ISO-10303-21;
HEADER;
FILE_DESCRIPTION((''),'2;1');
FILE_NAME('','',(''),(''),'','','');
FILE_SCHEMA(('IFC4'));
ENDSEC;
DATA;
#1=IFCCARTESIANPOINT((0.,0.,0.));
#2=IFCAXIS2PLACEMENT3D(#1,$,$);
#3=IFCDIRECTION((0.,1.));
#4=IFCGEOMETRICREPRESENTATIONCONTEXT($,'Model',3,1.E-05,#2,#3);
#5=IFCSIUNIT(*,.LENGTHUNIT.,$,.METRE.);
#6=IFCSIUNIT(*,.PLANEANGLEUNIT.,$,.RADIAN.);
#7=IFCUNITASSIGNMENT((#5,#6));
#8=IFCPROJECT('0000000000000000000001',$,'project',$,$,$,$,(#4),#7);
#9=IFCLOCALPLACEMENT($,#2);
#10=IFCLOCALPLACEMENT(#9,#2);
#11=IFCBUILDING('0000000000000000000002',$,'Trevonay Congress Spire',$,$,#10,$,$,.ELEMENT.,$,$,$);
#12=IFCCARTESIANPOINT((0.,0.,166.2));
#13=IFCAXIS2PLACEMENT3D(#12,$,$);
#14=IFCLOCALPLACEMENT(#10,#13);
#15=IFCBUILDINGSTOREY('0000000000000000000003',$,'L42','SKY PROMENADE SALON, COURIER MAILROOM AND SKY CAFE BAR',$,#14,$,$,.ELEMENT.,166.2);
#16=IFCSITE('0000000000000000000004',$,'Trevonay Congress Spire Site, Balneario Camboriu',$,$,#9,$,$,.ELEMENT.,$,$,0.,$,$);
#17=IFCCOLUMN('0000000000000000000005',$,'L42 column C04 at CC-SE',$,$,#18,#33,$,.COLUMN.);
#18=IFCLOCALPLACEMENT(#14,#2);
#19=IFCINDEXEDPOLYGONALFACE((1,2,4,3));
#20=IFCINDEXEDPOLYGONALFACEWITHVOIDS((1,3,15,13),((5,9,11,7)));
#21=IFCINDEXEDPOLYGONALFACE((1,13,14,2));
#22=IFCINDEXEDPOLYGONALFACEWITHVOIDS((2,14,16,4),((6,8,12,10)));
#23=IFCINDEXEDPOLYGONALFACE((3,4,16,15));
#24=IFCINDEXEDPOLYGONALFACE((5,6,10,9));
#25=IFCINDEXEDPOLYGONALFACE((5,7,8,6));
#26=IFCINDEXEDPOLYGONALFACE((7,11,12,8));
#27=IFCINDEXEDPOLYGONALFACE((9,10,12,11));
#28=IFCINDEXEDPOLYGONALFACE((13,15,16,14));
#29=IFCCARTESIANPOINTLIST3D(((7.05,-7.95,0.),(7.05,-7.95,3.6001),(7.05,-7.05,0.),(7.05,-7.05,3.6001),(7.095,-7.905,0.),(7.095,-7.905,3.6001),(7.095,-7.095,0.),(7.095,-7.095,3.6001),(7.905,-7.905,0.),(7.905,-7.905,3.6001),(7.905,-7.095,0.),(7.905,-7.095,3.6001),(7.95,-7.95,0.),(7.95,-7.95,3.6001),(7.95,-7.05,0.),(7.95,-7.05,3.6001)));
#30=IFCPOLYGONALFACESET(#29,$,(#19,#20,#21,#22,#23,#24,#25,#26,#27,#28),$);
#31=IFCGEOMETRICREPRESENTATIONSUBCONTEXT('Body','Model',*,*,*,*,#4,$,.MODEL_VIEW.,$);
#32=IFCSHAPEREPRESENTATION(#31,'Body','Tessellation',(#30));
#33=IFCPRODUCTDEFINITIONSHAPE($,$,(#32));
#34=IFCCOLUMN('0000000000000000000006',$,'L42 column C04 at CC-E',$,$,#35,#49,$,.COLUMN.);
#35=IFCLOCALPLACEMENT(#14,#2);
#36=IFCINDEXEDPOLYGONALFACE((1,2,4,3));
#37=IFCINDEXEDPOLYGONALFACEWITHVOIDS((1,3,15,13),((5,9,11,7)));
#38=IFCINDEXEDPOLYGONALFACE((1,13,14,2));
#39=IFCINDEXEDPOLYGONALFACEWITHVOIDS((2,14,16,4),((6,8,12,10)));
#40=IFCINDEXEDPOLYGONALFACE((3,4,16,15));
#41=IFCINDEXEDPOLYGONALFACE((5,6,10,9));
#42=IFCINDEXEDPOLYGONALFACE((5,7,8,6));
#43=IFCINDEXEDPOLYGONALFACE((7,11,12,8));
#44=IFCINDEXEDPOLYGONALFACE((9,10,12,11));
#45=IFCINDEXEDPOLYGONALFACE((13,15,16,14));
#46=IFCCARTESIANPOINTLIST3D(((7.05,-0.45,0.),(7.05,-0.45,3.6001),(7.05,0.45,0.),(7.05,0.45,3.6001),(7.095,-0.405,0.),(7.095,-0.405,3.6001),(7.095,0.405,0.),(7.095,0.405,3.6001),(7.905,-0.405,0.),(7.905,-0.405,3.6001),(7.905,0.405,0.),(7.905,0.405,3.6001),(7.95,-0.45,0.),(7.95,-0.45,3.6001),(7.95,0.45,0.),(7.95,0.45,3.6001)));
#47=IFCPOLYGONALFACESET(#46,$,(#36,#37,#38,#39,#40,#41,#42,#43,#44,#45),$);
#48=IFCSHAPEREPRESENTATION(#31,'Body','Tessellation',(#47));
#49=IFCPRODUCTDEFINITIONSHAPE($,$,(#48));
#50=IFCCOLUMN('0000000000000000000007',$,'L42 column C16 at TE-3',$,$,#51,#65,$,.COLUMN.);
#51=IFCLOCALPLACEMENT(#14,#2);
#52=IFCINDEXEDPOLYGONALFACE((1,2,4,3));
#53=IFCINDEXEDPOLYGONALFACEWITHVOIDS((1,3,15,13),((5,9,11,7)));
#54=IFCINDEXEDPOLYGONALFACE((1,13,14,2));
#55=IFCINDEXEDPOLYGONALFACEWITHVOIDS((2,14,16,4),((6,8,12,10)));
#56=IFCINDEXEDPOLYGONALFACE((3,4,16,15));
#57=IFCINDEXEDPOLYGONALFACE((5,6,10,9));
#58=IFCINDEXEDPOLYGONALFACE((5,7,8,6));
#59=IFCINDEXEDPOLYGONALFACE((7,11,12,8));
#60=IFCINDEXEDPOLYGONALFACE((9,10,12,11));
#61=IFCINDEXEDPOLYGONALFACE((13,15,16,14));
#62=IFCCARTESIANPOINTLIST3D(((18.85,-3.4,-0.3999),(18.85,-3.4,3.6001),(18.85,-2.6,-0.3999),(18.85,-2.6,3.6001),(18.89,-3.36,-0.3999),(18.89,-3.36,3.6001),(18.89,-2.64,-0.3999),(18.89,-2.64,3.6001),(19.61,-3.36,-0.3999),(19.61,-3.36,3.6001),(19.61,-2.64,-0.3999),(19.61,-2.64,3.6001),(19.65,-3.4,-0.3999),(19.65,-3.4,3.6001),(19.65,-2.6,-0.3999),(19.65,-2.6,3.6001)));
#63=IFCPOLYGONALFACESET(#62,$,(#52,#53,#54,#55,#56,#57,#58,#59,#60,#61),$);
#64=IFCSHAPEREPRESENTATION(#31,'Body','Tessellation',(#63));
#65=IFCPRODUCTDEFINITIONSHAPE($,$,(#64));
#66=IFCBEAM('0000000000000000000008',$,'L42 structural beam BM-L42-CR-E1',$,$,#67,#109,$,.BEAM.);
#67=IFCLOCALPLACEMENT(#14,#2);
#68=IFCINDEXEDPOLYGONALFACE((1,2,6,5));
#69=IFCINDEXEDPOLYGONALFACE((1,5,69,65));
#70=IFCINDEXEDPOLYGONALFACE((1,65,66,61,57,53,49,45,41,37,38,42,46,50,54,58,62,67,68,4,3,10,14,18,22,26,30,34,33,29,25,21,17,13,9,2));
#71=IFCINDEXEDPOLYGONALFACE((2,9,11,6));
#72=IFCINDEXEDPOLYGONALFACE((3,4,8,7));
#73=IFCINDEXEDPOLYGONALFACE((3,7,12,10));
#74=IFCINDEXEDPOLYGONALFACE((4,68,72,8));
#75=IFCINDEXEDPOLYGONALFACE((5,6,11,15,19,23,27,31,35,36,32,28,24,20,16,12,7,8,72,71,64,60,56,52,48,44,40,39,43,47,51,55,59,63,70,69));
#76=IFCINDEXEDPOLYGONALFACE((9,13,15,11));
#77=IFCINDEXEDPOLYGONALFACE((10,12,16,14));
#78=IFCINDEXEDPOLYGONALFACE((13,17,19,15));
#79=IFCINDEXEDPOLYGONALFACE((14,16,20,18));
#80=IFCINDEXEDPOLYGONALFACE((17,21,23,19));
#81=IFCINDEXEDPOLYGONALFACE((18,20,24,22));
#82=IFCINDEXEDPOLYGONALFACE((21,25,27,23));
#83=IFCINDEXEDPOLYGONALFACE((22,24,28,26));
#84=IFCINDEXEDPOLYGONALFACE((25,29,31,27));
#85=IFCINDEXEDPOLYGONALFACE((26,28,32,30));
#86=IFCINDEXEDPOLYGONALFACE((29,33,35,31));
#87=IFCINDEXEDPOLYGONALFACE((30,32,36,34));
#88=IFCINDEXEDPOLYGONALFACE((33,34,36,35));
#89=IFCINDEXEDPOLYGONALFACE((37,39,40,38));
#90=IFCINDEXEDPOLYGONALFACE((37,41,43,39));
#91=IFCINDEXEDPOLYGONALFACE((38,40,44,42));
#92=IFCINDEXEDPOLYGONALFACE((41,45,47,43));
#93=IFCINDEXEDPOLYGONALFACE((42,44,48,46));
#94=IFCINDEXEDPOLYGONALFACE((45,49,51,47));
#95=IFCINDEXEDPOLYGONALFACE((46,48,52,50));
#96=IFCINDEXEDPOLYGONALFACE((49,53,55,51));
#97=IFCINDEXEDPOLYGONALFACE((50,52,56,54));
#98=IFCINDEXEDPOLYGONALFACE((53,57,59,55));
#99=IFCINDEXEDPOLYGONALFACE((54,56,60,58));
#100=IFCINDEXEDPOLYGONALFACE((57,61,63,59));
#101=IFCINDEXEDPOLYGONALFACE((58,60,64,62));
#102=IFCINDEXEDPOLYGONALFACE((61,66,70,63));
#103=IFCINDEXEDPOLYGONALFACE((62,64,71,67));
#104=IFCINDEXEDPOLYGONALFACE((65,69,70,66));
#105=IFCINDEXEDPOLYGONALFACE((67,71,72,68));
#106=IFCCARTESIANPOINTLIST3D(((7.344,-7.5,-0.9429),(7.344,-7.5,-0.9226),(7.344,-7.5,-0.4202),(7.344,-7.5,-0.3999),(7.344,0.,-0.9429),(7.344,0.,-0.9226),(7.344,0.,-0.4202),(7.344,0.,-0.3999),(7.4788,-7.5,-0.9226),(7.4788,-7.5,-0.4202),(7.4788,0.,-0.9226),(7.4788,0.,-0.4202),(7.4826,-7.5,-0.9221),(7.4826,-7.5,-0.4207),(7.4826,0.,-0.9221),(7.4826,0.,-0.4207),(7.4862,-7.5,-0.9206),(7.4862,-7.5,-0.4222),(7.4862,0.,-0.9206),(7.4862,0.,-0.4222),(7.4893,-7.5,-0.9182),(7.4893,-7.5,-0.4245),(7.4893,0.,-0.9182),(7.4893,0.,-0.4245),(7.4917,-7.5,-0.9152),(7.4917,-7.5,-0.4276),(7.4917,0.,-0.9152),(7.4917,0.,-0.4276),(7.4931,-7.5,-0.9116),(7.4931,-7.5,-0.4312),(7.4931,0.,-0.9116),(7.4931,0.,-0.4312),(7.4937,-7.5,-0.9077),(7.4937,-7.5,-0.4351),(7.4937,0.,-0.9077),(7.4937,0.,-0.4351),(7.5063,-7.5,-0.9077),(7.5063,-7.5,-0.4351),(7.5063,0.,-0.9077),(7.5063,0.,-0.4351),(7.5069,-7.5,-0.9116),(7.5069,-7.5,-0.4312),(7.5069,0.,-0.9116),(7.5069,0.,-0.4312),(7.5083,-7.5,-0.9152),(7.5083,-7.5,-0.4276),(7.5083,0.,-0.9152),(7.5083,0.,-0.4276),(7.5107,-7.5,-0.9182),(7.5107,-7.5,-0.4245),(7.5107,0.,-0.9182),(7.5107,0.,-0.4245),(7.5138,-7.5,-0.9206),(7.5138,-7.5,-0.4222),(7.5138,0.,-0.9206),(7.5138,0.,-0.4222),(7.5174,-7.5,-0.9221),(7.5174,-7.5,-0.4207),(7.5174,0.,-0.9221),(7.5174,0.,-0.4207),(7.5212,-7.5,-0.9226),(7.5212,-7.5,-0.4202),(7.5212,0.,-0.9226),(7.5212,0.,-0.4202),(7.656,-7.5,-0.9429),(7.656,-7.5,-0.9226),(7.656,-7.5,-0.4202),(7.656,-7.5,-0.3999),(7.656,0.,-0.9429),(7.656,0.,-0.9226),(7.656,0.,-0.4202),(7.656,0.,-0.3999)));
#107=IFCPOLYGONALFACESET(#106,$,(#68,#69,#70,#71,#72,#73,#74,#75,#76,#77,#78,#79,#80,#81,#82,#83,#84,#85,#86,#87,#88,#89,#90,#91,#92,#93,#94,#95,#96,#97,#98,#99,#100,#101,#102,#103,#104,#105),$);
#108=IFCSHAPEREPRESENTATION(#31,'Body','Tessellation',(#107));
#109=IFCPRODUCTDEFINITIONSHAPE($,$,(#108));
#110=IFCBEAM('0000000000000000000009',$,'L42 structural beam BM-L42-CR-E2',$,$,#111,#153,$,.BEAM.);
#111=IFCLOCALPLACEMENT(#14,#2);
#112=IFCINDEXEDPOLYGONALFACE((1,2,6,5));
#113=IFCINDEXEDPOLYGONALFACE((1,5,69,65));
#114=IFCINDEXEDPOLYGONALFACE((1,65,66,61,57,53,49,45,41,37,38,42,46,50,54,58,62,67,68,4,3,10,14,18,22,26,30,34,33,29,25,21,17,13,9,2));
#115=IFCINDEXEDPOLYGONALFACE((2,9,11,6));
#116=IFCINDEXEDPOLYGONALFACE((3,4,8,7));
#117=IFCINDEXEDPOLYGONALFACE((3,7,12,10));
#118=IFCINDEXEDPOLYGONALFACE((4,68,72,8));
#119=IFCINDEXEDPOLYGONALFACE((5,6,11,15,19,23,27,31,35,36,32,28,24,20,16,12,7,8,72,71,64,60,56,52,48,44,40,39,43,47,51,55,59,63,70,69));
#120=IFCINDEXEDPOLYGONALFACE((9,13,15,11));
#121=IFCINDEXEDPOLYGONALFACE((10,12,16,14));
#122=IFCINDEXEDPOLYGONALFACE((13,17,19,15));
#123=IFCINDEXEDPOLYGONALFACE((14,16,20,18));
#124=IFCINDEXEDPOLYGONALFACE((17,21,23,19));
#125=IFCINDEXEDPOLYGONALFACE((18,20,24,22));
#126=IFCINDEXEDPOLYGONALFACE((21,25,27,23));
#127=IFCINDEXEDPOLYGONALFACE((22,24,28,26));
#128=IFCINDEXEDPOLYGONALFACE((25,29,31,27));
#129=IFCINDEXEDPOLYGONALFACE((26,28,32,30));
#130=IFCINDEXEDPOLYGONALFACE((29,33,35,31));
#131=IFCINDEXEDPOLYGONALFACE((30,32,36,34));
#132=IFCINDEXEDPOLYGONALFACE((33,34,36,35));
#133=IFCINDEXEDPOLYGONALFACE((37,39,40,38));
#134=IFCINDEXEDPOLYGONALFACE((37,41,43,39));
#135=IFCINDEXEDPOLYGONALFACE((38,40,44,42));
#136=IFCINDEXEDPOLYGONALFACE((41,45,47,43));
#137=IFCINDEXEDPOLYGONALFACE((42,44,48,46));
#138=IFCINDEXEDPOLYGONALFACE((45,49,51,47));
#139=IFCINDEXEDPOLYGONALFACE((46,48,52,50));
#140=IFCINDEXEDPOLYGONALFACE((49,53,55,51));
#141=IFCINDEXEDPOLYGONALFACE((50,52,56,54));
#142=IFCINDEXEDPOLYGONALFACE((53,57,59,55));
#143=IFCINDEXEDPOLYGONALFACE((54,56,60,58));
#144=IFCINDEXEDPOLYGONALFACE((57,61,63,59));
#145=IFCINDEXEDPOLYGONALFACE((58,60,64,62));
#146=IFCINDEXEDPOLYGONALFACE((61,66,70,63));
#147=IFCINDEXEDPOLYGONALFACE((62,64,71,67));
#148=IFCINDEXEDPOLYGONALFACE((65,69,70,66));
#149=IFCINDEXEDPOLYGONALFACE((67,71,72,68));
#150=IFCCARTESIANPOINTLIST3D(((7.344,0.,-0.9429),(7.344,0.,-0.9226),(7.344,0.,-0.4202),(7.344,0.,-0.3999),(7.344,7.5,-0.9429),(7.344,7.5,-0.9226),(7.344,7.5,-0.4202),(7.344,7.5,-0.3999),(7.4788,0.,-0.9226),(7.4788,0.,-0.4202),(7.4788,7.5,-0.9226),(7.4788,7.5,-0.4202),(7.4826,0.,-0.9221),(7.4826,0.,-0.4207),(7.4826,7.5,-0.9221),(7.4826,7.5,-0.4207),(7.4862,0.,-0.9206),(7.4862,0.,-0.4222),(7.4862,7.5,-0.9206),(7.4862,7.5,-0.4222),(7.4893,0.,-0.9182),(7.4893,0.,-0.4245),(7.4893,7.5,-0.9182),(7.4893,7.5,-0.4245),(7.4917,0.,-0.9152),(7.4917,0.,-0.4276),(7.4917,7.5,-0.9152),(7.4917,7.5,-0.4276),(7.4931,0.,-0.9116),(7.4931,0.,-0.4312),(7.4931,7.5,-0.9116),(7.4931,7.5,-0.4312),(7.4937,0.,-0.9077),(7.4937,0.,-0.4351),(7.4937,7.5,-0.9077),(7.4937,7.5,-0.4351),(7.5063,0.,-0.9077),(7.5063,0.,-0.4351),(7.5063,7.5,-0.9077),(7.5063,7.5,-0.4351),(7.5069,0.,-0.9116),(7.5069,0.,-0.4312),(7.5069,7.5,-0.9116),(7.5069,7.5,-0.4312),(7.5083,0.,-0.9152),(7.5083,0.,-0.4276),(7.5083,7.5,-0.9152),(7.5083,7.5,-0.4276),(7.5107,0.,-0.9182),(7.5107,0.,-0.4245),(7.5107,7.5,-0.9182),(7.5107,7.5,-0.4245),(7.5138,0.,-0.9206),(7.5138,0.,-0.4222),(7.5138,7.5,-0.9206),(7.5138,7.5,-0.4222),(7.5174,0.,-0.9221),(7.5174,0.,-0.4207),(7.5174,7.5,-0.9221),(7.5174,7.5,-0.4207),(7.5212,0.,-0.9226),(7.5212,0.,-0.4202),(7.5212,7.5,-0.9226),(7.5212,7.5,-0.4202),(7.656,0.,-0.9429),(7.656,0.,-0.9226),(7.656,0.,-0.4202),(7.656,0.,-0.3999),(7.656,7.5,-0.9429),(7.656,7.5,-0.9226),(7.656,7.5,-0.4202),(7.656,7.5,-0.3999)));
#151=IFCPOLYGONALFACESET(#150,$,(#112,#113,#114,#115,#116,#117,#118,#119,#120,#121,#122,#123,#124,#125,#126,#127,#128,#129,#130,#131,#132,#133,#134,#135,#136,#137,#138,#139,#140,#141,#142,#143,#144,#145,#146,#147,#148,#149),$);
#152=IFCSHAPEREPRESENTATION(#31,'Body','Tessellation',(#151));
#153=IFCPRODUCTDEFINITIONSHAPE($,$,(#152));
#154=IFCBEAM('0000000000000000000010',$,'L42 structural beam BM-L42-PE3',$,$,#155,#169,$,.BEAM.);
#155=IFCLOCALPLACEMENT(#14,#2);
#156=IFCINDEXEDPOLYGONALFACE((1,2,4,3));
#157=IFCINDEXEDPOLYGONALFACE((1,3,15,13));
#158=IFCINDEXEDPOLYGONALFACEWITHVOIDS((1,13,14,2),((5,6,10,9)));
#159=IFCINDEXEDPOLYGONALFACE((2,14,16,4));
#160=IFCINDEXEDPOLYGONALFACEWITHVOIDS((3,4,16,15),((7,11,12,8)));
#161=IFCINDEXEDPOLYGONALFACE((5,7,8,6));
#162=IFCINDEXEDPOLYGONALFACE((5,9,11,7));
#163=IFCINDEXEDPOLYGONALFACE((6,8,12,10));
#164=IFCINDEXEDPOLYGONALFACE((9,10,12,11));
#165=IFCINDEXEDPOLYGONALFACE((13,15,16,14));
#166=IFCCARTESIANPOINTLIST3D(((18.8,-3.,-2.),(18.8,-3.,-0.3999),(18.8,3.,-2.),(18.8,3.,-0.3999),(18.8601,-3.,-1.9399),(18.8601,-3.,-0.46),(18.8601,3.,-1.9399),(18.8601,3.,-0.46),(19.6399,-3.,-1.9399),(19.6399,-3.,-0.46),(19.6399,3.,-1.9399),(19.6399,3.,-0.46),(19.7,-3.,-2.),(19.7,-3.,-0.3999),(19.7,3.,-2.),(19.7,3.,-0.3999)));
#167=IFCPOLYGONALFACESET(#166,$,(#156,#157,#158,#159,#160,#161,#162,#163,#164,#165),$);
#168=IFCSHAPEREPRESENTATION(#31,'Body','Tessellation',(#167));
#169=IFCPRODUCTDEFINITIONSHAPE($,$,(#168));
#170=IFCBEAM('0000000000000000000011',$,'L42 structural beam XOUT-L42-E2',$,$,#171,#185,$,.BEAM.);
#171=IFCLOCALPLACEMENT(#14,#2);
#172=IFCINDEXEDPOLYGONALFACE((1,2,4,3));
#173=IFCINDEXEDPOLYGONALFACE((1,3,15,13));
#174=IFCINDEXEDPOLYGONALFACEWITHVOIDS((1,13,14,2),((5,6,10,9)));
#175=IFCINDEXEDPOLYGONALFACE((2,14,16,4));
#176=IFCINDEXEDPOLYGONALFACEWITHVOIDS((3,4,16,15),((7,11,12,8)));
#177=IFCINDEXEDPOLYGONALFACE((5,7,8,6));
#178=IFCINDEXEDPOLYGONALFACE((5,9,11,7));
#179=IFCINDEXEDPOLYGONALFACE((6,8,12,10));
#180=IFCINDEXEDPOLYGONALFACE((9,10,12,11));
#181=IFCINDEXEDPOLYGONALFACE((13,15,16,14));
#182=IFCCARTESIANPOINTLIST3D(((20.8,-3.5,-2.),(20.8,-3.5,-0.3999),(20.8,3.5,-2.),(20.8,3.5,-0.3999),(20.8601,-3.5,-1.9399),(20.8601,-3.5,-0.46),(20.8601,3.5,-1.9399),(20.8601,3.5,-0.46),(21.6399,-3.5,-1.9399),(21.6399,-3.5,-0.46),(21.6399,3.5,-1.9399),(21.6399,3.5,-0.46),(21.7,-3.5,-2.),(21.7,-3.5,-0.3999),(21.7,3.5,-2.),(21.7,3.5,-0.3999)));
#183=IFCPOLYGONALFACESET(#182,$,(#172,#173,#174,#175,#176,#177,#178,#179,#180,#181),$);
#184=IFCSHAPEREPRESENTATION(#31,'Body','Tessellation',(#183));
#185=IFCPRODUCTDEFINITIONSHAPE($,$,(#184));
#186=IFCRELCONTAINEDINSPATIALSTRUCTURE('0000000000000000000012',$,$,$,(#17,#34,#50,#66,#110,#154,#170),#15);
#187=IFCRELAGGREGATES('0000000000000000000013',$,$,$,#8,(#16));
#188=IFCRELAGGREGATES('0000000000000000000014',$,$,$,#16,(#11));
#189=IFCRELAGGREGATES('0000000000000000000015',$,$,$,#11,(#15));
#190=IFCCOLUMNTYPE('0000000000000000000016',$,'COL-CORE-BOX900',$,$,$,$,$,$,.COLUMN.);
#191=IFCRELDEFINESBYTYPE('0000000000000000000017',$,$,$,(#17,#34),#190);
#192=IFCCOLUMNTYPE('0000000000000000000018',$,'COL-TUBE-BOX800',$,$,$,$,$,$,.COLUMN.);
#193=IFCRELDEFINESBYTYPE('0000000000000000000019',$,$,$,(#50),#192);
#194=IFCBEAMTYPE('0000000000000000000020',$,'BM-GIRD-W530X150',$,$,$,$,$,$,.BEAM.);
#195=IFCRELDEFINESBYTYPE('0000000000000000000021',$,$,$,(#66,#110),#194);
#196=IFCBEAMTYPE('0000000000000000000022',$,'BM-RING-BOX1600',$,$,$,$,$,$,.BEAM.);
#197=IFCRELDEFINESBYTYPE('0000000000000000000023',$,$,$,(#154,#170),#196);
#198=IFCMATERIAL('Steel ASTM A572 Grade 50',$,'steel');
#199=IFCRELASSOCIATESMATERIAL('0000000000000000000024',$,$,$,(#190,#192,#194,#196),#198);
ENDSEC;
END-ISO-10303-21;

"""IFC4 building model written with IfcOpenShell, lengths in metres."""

from ifc_helpers import new_model, si_unit, direction, frame, origin, origin_2d, place, context, subcontext, project, spatial, hollow_rectangle, i_section, extrude, material, material_profile, profile_set, type_object, element, save


model = new_model("IFC4")

# Units and contexts
model_context = context("Model", 3, precision=1e-05, world=origin(), true_north=direction((0.0, 1.0)))
body_context = subcontext(model_context, "Body", "Model", "MODEL_VIEW")
ifc_project = project(units=[si_unit("LENGTHUNIT", "METRE"), si_unit("PLANEANGLEUNIT", "RADIAN")], contexts=[model_context])

# Site, building, storey
site_placement = place(None, origin())
site = spatial("IfcSite", under=ifc_project, at=site_placement, Name="Trevonay Congress Spire Site, Balneario Camboriu", CompositionType="ELEMENT", RefElevation=0.0)
building_placement = place(site_placement, origin())
building = spatial("IfcBuilding", under=site, at=building_placement, Name="Trevonay Congress Spire", CompositionType="ELEMENT")
storey_placement = place(building_placement, frame((0.0, 0.0, 166.2)))
storey = spatial("IfcBuildingStorey", under=building, at=storey_placement, Name="L42", Description="SKY PROMENADE SALON, COURIER MAILROOM AND SKY CAFE BAR", CompositionType="ELEMENT", Elevation=166.2)

# Columns
ifc_material_1 = material(Name="Steel ASTM A572 Grade 50", Category="steel")
ifc_material_profile_1 = material_profile(ifc_material_1, hollow_rectangle(XDim=0.8999, YDim=0.8999, WallThickness=0.0449, at=origin_2d()), Name="BOX 900x900x45")
ifc_profile_set_1 = profile_set([ifc_material_profile_1], Name="Steel ASTM A572 Grade 50")
column_type_1 = type_object("IfcColumnType", Name="COL-CORE-BOX900", PredefinedType="COLUMN", material=ifc_profile_set_1)
for number, where, z_axis, x_axis, name in (
    (1, (7.5, -7.5, 0.0), (0.0, 0.0, 1.0), (1.0, 0.0, 0.0), "L42 column C04 at CC-SE"),
    (2, (7.5, 0.0, 0.0), (0.0, 0.0, 1.0), (1.0, 0.0, 0.0), "L42 column C04 at CC-E"),
):
    element("IfcColumn", number, at=place(storey_placement, frame(where, z_axis=z_axis, x_axis=x_axis)), inside=storey, type_object=column_type_1, Name=name, PredefinedType="COLUMN", context=body_context, shape_type="SweptSolid", body=[
        extrude(hollow_rectangle(XDim=0.8999, YDim=0.8999, WallThickness=0.0449, at=origin_2d()), origin(), (0.0, 0.0, 1.0), 3.6001),
    ])
ifc_material_profile_2 = material_profile(ifc_material_1, hollow_rectangle(XDim=0.8, YDim=0.8, WallThickness=0.04, at=origin_2d()), Name="BOX 800x800x40")
ifc_profile_set_2 = profile_set([ifc_material_profile_2], Name="Steel ASTM A572 Grade 50")
column_type_2 = type_object("IfcColumnType", Name="COL-TUBE-BOX800", PredefinedType="COLUMN", material=ifc_profile_set_2)
column_placement = place(storey_placement, frame((19.25, -3.0, -0.3999), z_axis=(0.0, 0.0, 1.0), x_axis=(1.0, 0.0, 0.0)))
element("IfcColumn", 3, at=column_placement, inside=storey, type_object=column_type_2, Name="L42 column C16 at TE-3", PredefinedType="COLUMN", context=body_context, shape_type="SweptSolid", body=[
    extrude(hollow_rectangle(XDim=0.8, YDim=0.8, WallThickness=0.04, at=origin_2d()), origin(), (0.0, 0.0, 1.0), 4.0),
])

# Beams
ifc_material_profile_3 = material_profile(ifc_material_1, i_section(OverallWidth=0.312, OverallDepth=0.543, WebThickness=0.0127, FlangeThickness=0.0203, FilletRadius=0.0149, at=origin_2d()), Name="W530x150")
ifc_profile_set_3 = profile_set([ifc_material_profile_3], Name="Steel ASTM A572 Grade 50")
beam_type_1 = type_object("IfcBeamType", Name="BM-GIRD-W530X150", PredefinedType="BEAM", material=ifc_profile_set_3)
for number, where, z_axis, x_axis, name in (
    (4, (7.5, -7.5, -0.6714), (0.0, 1.0, 0.0), (-1.0, 0.0, 0.0), "L42 structural beam BM-L42-CR-E1"),
    (5, (7.5, 0.0, -0.6714), (0.0, 1.0, 0.0), (-1.0, 0.0, 0.0), "L42 structural beam BM-L42-CR-E2"),
):
    element("IfcBeam", number, at=place(storey_placement, frame(where, z_axis=z_axis, x_axis=x_axis)), inside=storey, type_object=beam_type_1, Name=name, PredefinedType="BEAM", context=body_context, shape_type="SweptSolid", body=[
        extrude(i_section(OverallWidth=0.312, OverallDepth=0.543, WebThickness=0.0127, FlangeThickness=0.0203, FilletRadius=0.0149, at=origin_2d()), origin(), (0.0, 0.0, 1.0), 7.5),
    ])
ifc_material_profile_4 = material_profile(ifc_material_1, hollow_rectangle(XDim=0.8999, YDim=1.6001, WallThickness=0.0601, at=origin_2d()), Name="BOX 1600x900x60")
ifc_profile_set_4 = profile_set([ifc_material_profile_4], Name="Steel ASTM A572 Grade 50")
beam_type_2 = type_object("IfcBeamType", Name="BM-RING-BOX1600", PredefinedType="BEAM", material=ifc_profile_set_4)
beam_1_placement = place(storey_placement, frame((19.25, -3.0, -1.2), z_axis=(0.0, 1.0, 0.0), x_axis=(-1.0, 0.0, 0.0)))
element("IfcBeam", 6, at=beam_1_placement, inside=storey, type_object=beam_type_2, Name="L42 structural beam BM-L42-PE3", PredefinedType="BEAM", context=body_context, shape_type="SweptSolid", body=[
    extrude(hollow_rectangle(XDim=0.8999, YDim=1.6001, WallThickness=0.0601, at=origin_2d()), origin(), (0.0, 0.0, 1.0), 6.0),
])
beam_2_placement = place(storey_placement, frame((21.25, -3.5, -1.2), z_axis=(0.0, 1.0, 0.0), x_axis=(-1.0, 0.0, 0.0)))
element("IfcBeam", 7, at=beam_2_placement, inside=storey, type_object=beam_type_2, Name="L42 structural beam XOUT-L42-E2", PredefinedType="BEAM", context=body_context, shape_type="SweptSolid", body=[
    extrude(hollow_rectangle(XDim=0.8999, YDim=1.6001, WallThickness=0.0601, at=origin_2d()), origin(), (0.0, 0.0, 1.0), 7.0),
])

save(model, "model.ifc")
